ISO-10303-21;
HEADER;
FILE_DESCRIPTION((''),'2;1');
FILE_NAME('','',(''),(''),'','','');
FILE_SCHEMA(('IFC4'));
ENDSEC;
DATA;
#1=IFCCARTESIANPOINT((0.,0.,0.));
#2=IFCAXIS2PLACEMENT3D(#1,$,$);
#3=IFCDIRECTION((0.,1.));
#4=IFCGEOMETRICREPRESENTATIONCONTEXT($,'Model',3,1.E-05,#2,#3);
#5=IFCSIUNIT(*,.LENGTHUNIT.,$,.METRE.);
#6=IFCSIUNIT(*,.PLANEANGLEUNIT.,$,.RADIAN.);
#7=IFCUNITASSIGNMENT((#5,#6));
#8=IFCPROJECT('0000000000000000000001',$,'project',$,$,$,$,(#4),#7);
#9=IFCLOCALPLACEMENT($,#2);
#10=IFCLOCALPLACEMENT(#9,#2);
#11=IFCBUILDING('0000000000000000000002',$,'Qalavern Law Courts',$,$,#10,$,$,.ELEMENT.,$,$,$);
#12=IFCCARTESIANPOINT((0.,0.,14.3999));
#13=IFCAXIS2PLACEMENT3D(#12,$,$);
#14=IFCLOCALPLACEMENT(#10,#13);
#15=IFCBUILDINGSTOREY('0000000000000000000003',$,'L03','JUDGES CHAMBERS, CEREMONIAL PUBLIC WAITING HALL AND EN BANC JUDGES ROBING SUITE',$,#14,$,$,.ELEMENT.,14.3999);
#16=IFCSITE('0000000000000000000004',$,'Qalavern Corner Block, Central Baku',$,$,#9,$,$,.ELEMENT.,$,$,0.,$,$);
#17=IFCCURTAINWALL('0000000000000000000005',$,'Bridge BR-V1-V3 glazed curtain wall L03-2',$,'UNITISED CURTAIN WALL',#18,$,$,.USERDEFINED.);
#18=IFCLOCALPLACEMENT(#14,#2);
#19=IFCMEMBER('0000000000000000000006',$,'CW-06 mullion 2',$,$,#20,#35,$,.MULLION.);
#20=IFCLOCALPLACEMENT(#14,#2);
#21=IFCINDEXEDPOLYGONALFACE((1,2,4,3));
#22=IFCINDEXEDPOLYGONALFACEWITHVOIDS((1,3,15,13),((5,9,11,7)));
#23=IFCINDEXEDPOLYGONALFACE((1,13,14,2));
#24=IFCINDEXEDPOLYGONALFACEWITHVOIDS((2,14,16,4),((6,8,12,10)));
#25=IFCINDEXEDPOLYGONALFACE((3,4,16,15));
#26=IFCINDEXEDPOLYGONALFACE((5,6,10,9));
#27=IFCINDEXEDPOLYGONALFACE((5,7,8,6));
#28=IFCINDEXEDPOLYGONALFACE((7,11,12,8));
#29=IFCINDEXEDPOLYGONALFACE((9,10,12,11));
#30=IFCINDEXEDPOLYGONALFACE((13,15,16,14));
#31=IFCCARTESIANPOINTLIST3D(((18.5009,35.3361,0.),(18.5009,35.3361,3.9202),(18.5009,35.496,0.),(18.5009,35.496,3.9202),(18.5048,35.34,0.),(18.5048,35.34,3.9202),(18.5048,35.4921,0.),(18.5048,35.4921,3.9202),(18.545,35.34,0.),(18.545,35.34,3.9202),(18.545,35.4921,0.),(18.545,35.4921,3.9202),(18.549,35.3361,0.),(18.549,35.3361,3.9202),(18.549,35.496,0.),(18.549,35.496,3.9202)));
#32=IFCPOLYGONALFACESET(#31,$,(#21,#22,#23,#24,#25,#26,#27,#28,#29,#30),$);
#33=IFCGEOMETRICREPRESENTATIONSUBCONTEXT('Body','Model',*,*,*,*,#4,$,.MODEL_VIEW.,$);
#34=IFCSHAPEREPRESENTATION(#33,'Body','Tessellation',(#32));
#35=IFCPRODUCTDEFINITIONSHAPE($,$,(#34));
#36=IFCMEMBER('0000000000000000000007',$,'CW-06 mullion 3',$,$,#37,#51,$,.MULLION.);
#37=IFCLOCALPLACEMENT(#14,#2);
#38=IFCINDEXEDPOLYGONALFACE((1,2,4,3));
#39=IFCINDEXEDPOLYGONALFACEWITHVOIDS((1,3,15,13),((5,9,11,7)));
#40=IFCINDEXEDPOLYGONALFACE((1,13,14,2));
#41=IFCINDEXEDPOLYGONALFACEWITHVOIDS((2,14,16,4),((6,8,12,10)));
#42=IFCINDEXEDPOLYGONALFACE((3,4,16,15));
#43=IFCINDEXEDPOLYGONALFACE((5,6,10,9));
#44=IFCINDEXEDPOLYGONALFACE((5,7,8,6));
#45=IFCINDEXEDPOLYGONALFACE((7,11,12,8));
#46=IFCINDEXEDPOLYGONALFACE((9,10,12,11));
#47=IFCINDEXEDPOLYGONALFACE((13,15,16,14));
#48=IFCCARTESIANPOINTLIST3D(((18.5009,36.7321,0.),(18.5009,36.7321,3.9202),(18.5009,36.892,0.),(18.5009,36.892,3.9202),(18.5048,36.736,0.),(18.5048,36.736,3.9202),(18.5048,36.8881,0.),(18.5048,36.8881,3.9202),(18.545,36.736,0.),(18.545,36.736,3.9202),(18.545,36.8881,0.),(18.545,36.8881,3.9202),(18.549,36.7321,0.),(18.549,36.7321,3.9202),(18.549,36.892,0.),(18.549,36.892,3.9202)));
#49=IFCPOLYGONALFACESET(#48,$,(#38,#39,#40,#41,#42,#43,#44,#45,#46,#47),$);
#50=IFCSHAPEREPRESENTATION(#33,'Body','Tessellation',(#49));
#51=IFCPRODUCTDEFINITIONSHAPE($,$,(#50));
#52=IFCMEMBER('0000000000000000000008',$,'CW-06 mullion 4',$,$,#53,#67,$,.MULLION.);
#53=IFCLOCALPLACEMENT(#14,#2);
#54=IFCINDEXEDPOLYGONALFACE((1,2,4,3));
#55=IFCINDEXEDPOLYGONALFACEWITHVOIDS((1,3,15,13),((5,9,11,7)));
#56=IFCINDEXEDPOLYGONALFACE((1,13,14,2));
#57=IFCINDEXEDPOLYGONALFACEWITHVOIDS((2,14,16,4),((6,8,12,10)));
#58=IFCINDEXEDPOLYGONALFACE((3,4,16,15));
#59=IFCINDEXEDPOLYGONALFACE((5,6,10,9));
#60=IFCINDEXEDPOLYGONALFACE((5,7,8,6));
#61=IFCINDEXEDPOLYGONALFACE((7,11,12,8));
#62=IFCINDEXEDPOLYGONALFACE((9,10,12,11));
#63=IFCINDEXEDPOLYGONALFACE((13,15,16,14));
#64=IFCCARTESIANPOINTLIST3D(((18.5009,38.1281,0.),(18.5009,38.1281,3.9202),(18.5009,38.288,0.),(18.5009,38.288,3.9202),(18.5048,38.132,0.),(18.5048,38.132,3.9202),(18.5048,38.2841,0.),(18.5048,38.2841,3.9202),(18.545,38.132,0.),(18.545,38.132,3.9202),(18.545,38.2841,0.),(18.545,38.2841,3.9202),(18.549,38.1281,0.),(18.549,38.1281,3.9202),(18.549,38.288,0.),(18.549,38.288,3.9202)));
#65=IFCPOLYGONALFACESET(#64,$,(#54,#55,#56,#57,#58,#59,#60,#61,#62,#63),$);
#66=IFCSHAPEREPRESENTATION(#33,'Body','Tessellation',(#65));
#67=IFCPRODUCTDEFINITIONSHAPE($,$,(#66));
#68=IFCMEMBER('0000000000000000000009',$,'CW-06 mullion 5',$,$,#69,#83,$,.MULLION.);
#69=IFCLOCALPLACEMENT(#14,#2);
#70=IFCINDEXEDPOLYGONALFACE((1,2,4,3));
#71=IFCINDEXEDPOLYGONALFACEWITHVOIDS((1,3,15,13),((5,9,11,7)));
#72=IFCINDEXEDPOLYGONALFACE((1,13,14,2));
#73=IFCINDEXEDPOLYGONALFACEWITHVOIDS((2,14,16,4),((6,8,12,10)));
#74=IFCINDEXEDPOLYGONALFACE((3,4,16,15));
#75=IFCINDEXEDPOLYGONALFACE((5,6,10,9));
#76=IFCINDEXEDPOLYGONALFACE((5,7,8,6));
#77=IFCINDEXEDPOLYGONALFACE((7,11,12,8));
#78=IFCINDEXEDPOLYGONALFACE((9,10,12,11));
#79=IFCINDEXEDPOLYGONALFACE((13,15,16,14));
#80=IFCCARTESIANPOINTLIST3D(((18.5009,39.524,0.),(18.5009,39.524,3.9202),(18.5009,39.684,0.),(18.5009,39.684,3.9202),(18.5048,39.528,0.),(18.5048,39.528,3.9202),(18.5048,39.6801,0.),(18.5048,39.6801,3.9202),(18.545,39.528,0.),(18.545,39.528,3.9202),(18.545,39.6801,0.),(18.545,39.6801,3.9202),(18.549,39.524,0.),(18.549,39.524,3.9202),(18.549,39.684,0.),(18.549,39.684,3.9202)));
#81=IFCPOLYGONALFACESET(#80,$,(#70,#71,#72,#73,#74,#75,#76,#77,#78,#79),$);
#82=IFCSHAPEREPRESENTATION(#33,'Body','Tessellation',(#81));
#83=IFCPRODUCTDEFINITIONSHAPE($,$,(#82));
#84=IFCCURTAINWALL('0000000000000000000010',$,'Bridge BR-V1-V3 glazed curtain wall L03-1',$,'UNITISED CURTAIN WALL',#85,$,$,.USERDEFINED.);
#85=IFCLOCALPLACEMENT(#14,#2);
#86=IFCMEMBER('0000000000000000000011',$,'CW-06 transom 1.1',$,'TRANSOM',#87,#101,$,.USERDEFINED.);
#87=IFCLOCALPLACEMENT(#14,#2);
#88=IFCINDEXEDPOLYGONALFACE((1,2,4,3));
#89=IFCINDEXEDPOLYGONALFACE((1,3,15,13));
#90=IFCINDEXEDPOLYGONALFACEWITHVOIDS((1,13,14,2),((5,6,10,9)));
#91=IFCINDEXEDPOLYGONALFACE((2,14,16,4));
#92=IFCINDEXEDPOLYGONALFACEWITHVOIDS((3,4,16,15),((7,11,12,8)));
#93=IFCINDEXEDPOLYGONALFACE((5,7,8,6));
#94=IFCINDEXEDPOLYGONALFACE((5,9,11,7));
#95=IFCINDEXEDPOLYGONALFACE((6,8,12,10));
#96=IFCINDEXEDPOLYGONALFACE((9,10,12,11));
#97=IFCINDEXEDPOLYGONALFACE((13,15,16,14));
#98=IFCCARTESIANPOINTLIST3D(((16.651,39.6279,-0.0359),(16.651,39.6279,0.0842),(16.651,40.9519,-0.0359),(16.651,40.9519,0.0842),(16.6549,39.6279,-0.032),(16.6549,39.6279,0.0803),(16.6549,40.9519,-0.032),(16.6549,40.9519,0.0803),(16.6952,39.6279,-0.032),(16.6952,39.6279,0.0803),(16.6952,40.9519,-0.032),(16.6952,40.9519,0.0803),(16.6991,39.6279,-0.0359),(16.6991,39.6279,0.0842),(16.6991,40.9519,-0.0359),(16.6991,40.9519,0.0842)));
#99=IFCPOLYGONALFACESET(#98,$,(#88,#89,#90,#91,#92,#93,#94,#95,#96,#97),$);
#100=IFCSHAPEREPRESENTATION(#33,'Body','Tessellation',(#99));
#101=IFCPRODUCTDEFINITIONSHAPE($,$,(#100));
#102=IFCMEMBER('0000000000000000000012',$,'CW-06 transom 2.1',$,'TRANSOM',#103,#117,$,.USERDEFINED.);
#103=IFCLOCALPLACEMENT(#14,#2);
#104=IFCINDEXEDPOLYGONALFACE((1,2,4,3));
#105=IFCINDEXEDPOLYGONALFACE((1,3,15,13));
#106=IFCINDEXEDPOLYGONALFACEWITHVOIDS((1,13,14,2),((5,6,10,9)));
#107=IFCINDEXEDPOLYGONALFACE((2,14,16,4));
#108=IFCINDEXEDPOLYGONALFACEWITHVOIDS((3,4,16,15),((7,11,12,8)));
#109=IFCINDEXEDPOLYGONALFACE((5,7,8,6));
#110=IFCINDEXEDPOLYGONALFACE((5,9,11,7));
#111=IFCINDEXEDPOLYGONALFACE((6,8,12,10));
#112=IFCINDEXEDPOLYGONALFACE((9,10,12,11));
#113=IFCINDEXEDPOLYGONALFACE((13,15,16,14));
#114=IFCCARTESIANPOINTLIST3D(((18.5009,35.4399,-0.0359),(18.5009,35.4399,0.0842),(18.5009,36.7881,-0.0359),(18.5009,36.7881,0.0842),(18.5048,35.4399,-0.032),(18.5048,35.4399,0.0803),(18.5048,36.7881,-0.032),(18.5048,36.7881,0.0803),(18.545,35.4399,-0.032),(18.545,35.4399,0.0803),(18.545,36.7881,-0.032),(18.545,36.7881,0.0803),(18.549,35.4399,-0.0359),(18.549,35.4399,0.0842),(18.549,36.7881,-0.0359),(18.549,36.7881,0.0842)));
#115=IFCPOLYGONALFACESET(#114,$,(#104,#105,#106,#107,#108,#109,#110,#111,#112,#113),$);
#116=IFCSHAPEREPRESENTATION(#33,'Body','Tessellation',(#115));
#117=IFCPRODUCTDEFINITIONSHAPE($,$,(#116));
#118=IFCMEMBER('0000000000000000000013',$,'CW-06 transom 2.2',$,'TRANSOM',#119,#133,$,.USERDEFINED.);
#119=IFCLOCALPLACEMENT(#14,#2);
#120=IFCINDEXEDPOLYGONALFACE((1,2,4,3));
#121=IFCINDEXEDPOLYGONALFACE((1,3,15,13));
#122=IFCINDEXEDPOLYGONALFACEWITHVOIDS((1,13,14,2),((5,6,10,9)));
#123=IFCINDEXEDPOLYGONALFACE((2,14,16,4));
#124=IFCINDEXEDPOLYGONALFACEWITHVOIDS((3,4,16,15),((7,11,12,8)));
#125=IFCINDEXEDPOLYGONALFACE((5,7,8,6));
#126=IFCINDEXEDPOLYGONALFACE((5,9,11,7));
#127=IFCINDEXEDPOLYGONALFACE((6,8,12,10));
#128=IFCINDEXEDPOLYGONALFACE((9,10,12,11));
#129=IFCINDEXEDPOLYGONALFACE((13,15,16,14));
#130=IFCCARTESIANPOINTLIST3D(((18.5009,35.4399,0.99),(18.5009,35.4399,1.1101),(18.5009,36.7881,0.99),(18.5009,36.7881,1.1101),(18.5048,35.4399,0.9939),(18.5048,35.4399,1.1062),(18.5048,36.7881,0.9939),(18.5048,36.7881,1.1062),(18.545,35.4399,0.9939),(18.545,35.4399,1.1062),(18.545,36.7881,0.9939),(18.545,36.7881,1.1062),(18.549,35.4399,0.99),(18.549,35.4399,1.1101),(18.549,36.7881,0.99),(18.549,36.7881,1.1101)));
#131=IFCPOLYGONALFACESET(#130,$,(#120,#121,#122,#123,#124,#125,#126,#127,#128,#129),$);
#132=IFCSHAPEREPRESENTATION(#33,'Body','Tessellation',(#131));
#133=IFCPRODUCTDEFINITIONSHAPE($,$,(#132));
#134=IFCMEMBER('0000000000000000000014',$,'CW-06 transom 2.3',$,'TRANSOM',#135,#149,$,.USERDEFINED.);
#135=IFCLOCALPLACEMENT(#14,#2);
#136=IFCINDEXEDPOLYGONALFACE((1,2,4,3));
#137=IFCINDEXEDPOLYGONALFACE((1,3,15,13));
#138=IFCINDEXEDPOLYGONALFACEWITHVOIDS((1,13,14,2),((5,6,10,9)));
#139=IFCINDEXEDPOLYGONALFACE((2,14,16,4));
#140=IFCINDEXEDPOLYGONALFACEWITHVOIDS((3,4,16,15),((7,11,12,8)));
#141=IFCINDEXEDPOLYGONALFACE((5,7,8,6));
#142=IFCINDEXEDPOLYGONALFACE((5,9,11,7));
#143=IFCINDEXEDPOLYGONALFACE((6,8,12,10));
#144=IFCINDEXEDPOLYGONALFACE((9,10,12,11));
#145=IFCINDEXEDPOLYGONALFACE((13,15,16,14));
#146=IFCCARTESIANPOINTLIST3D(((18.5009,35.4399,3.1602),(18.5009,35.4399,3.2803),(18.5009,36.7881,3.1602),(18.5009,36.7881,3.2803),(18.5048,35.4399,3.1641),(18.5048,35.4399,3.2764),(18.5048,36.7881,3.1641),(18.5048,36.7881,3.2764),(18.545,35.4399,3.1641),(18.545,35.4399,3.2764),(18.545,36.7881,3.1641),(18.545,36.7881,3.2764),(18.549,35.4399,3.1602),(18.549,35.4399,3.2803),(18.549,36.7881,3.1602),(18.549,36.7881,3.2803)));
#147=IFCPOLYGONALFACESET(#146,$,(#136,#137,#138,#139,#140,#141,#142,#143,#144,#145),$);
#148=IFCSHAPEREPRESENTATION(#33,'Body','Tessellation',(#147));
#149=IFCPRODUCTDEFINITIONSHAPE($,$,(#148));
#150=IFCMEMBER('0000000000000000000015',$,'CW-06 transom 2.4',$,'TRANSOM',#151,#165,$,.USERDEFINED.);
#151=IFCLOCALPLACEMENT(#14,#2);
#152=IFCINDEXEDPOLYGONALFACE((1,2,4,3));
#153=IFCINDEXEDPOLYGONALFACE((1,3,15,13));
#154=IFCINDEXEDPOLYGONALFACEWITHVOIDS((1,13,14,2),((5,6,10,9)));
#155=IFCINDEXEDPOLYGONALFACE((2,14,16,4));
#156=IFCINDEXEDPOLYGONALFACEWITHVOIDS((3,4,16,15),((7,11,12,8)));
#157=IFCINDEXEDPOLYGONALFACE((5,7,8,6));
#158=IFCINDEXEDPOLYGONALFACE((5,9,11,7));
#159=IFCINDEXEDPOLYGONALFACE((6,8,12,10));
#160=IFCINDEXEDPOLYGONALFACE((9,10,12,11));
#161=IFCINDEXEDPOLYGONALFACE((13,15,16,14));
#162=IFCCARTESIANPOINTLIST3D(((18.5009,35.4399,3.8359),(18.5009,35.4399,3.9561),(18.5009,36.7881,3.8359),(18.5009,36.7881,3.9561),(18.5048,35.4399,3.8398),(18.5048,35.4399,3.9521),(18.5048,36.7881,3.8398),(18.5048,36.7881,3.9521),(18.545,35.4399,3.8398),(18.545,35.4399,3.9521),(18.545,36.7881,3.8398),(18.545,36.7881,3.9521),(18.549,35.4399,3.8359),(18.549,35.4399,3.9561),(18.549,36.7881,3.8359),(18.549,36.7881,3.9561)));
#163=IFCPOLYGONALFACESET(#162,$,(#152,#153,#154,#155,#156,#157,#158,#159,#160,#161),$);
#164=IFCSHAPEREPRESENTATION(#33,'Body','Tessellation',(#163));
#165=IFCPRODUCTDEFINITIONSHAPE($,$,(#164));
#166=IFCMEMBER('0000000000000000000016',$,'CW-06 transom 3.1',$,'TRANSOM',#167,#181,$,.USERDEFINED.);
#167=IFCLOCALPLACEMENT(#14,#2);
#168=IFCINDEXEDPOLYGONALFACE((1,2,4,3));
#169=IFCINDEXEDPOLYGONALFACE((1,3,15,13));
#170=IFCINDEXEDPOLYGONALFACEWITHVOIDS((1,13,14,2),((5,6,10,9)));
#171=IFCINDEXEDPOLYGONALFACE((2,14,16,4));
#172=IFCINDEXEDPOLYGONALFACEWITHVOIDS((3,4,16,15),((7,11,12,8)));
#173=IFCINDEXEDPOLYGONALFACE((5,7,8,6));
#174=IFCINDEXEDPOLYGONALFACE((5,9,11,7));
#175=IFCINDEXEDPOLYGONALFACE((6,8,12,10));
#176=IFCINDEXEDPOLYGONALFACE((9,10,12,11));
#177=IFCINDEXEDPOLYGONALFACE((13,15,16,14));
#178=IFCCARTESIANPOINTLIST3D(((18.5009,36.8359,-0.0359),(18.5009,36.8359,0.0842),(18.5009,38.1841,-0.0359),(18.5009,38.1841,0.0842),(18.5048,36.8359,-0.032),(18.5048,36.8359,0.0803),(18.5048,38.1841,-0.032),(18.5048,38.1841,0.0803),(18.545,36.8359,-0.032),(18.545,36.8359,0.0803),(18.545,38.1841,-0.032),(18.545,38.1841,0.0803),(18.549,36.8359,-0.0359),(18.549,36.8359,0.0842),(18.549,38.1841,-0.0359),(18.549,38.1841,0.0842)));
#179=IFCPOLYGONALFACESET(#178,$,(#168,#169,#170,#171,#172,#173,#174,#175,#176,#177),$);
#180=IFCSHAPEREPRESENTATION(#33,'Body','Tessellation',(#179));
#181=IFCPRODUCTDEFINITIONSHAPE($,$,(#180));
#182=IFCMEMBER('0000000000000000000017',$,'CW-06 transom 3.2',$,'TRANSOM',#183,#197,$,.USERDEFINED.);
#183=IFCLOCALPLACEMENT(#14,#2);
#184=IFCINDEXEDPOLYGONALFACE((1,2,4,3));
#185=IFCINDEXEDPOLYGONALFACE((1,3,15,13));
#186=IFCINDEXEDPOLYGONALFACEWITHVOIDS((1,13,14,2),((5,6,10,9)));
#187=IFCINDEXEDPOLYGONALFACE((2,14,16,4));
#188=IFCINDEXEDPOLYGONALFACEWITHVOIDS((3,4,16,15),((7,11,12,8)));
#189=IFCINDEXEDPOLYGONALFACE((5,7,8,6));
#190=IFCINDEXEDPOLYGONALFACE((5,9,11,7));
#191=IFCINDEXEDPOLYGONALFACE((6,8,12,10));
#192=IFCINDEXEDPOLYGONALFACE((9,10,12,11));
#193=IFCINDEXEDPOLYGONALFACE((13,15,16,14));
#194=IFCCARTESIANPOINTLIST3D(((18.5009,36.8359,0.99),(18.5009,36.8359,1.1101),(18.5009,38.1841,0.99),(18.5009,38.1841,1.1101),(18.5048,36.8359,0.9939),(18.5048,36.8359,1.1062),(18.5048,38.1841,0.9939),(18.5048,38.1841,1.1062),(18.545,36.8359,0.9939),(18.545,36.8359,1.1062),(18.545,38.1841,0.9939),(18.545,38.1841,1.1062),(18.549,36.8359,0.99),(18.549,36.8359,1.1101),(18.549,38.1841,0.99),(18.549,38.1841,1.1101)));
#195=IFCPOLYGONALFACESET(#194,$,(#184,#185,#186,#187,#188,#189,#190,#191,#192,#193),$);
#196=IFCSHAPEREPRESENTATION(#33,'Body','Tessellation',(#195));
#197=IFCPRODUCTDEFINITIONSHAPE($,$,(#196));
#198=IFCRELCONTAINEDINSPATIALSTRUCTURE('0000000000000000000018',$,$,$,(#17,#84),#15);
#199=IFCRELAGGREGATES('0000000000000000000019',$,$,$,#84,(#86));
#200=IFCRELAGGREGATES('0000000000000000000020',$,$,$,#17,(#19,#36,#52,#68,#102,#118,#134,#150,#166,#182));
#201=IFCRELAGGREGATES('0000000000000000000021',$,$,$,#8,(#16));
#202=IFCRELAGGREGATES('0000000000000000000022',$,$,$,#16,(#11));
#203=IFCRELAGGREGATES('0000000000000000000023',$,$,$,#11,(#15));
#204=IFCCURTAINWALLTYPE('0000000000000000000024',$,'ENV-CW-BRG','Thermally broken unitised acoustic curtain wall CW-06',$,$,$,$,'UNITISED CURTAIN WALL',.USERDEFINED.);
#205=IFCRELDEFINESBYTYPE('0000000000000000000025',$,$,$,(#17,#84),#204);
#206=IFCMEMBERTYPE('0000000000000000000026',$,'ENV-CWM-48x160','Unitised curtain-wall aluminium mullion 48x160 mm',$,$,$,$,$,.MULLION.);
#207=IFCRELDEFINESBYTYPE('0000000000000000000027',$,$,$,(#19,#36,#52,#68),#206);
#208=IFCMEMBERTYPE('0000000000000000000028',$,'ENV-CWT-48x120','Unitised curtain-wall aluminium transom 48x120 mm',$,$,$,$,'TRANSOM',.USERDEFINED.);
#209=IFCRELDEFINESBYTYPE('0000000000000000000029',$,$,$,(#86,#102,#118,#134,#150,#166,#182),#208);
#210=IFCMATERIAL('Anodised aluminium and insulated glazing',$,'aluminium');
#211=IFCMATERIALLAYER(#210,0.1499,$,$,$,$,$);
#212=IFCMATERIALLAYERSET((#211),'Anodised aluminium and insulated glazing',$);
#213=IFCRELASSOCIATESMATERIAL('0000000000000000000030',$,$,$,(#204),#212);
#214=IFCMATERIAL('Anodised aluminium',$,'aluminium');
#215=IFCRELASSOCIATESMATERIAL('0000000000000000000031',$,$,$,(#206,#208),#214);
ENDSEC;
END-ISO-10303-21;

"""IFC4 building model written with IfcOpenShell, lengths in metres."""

from ifc_helpers import new_model, si_unit, direction, frame, origin, origin_2d, place, context, subcontext, project, spatial, hollow_rectangle, extrude, material, layer, layer_set, material_profile, profile_set, type_object, element, aggregate, save


model = new_model("IFC4")

# Units and contexts
model_context = context("Model", 3, precision=1e-05, world=origin(), true_north=direction((0.0, 1.0)))
body_context = subcontext(model_context, "Body", "Model", "MODEL_VIEW")
ifc_project = project(units=[si_unit("LENGTHUNIT", "METRE"), si_unit("PLANEANGLEUNIT", "RADIAN")], contexts=[model_context])

# Site, building, storey
site_placement = place(None, origin())
site = spatial("IfcSite", under=ifc_project, at=site_placement, Name="Qalavern Corner Block, Central Baku", CompositionType="ELEMENT", RefElevation=0.0)
building_placement = place(site_placement, origin())
building = spatial("IfcBuilding", under=site, at=building_placement, Name="Qalavern Law Courts", CompositionType="ELEMENT")
storey_placement = place(building_placement, frame((0.0, 0.0, 14.3999)))
storey = spatial("IfcBuildingStorey", under=building, at=storey_placement, Name="L03", Description="JUDGES CHAMBERS, CEREMONIAL PUBLIC WAITING HALL AND EN BANC JUDGES ROBING SUITE", CompositionType="ELEMENT", Elevation=14.3999)

# Curtain wall, members
ifc_material_1 = material(Name="Anodised aluminium and insulated glazing", Category="aluminium")
ifc_layer_1 = layer(ifc_material_1, 0.1499)
ifc_layer_set_1 = layer_set([ifc_layer_1], Name="Anodised aluminium and insulated glazing")
curtain_wall_type = type_object("IfcCurtainWallType", Name="ENV-CW-BRG", Description="Thermally broken unitised acoustic curtain wall CW-06", ElementType="UNITISED CURTAIN WALL", PredefinedType="USERDEFINED", material=ifc_layer_set_1)
curtain_wall_1_placement = place(storey_placement, origin())
curtain_wall_1 = element("IfcCurtainWall", 1, at=curtain_wall_1_placement, inside=storey, type_object=curtain_wall_type, Name="Bridge BR-V1-V3 glazed curtain wall L03-2", ObjectType="UNITISED CURTAIN WALL", PredefinedType="USERDEFINED")
ifc_material_2 = material(Name="Anodised aluminium", Category="aluminium")
ifc_material_profile_1 = material_profile(ifc_material_2, hollow_rectangle(XDim=0.0481, YDim=0.1599, WallThickness=0.0039, at=origin_2d()), Name="ALU MULLION 48x160")
ifc_profile_set_1 = profile_set([ifc_material_profile_1], Name="Anodised aluminium")
member_type_1 = type_object("IfcMemberType", Name="ENV-CWM-48x160", Description="Unitised curtain-wall aluminium mullion 48x160 mm", PredefinedType="MULLION", material=ifc_profile_set_1)
member_1_placement = place(storey_placement, frame((18.5249, 35.416, 0.0), z_axis=(0.0, 0.0, 1.0), x_axis=(-1.0, 0.0, 0.0)))
member_1 = element("IfcMember", 2, at=member_1_placement, type_object=member_type_1, Name="CW-06 mullion 2", PredefinedType="MULLION", context=body_context, shape_type="SweptSolid", body=[
    extrude(hollow_rectangle(XDim=0.0481, YDim=0.1599, WallThickness=0.0039, at=origin_2d()), origin(), (0.0, 0.0, 1.0), 3.9202),
])
member_2_placement = place(storey_placement, frame((18.5249, 36.812, 0.0), z_axis=(0.0, 0.0, 1.0), x_axis=(-1.0, 0.0, 0.0)))
member_2 = element("IfcMember", 3, at=member_2_placement, type_object=member_type_1, Name="CW-06 mullion 3", PredefinedType="MULLION", context=body_context, shape_type="SweptSolid", body=[
    extrude(hollow_rectangle(XDim=0.0481, YDim=0.1599, WallThickness=0.0039, at=origin_2d()), origin(), (0.0, 0.0, 1.0), 3.9202),
])
member_3_placement = place(storey_placement, frame((18.5249, 38.208, 0.0), z_axis=(0.0, 0.0, 1.0), x_axis=(-1.0, 0.0, 0.0)))
member_3 = element("IfcMember", 4, at=member_3_placement, type_object=member_type_1, Name="CW-06 mullion 4", PredefinedType="MULLION", context=body_context, shape_type="SweptSolid", body=[
    extrude(hollow_rectangle(XDim=0.0481, YDim=0.1599, WallThickness=0.0039, at=origin_2d()), origin(), (0.0, 0.0, 1.0), 3.9202),
])
member_4_placement = place(storey_placement, frame((18.5249, 39.604, 0.0), z_axis=(0.0, 0.0, 1.0), x_axis=(-1.0, 0.0, 0.0)))
member_4 = element("IfcMember", 5, at=member_4_placement, type_object=member_type_1, Name="CW-06 mullion 5", PredefinedType="MULLION", context=body_context, shape_type="SweptSolid", body=[
    extrude(hollow_rectangle(XDim=0.0481, YDim=0.1599, WallThickness=0.0039, at=origin_2d()), origin(), (0.0, 0.0, 1.0), 3.9202),
])

# Curtain wall, member
curtain_wall_2_placement = place(storey_placement, origin())
curtain_wall_2 = element("IfcCurtainWall", 6, at=curtain_wall_2_placement, inside=storey, type_object=curtain_wall_type, Name="Bridge BR-V1-V3 glazed curtain wall L03-1", ObjectType="UNITISED CURTAIN WALL", PredefinedType="USERDEFINED")
ifc_material_profile_2 = material_profile(ifc_material_2, hollow_rectangle(XDim=0.0481, YDim=0.1201, WallThickness=0.0039, at=origin_2d()), Name="ALU TRANSOM 48x120")
ifc_profile_set_2 = profile_set([ifc_material_profile_2], Name="Anodised aluminium")
member_type_2 = type_object("IfcMemberType", Name="ENV-CWT-48x120", Description="Unitised curtain-wall aluminium transom 48x120 mm", ElementType="TRANSOM", PredefinedType="USERDEFINED", material=ifc_profile_set_2)
member_5_placement = place(storey_placement, frame((16.675, 40.9519, 0.0242), z_axis=(0.0, -1.0, 0.0), x_axis=(1.0, 0.0, 0.0)))
member_5 = element("IfcMember", 7, at=member_5_placement, type_object=member_type_2, Name="CW-06 transom 1.1", ObjectType="TRANSOM", PredefinedType="USERDEFINED", context=body_context, shape_type="SweptSolid", body=[
    extrude(hollow_rectangle(XDim=0.0481, YDim=0.1201, WallThickness=0.0039, at=origin_2d()), origin(), (0.0, 0.0, 1.0), 1.324),
])

# Members
member_6_placement = place(storey_placement, frame((18.5249, 35.4399, 0.0242), z_axis=(0.0, 1.0, 0.0), x_axis=(-1.0, 0.0, 0.0)))
member_6 = element("IfcMember", 8, at=member_6_placement, type_object=member_type_2, Name="CW-06 transom 2.1", ObjectType="TRANSOM", PredefinedType="USERDEFINED", context=body_context, shape_type="SweptSolid", body=[
    extrude(hollow_rectangle(XDim=0.0481, YDim=0.1201, WallThickness=0.0039, at=origin_2d()), origin(), (0.0, 0.0, 1.0), 1.3481),
])
member_7_placement = place(storey_placement, frame((18.5249, 35.4399, 1.05), z_axis=(0.0, 1.0, 0.0), x_axis=(-1.0, 0.0, 0.0)))
member_7 = element("IfcMember", 9, at=member_7_placement, type_object=member_type_2, Name="CW-06 transom 2.2", ObjectType="TRANSOM", PredefinedType="USERDEFINED", context=body_context, shape_type="SweptSolid", body=[
    extrude(hollow_rectangle(XDim=0.0481, YDim=0.1201, WallThickness=0.0039, at=origin_2d()), origin(), (0.0, 0.0, 1.0), 1.3481),
])
member_8_placement = place(storey_placement, frame((18.5249, 35.4399, 3.2202), z_axis=(0.0, 1.0, 0.0), x_axis=(-1.0, 0.0, 0.0)))
member_8 = element("IfcMember", 10, at=member_8_placement, type_object=member_type_2, Name="CW-06 transom 2.3", ObjectType="TRANSOM", PredefinedType="USERDEFINED", context=body_context, shape_type="SweptSolid", body=[
    extrude(hollow_rectangle(XDim=0.0481, YDim=0.1201, WallThickness=0.0039, at=origin_2d()), origin(), (0.0, 0.0, 1.0), 1.3481),
])
member_9_placement = place(storey_placement, frame((18.5249, 35.4399, 3.896), z_axis=(0.0, 1.0, 0.0), x_axis=(-1.0, 0.0, 0.0)))
member_9 = element("IfcMember", 11, at=member_9_placement, type_object=member_type_2, Name="CW-06 transom 2.4", ObjectType="TRANSOM", PredefinedType="USERDEFINED", context=body_context, shape_type="SweptSolid", body=[
    extrude(hollow_rectangle(XDim=0.0481, YDim=0.1201, WallThickness=0.0039, at=origin_2d()), origin(), (0.0, 0.0, 1.0), 1.3481),
])
member_10_placement = place(storey_placement, frame((18.5249, 36.8359, 0.0242), z_axis=(0.0, 1.0, 0.0), x_axis=(-1.0, 0.0, 0.0)))
member_10 = element("IfcMember", 12, at=member_10_placement, type_object=member_type_2, Name="CW-06 transom 3.1", ObjectType="TRANSOM", PredefinedType="USERDEFINED", context=body_context, shape_type="SweptSolid", body=[
    extrude(hollow_rectangle(XDim=0.0481, YDim=0.1201, WallThickness=0.0039, at=origin_2d()), origin(), (0.0, 0.0, 1.0), 1.3481),
])
member_11_placement = place(storey_placement, frame((18.5249, 36.8359, 1.05), z_axis=(0.0, 1.0, 0.0), x_axis=(-1.0, 0.0, 0.0)))
member_11 = element("IfcMember", 13, at=member_11_placement, type_object=member_type_2, Name="CW-06 transom 3.2", ObjectType="TRANSOM", PredefinedType="USERDEFINED", context=body_context, shape_type="SweptSolid", body=[
    extrude(hollow_rectangle(XDim=0.0481, YDim=0.1201, WallThickness=0.0039, at=origin_2d()), origin(), (0.0, 0.0, 1.0), 1.3481),
])

aggregate(curtain_wall_2, [member_5])
aggregate(curtain_wall_1, [member_1, member_2, member_3, member_4, member_6, member_7, member_8, member_9, member_10, member_11])

save(model, "model.ifc")
